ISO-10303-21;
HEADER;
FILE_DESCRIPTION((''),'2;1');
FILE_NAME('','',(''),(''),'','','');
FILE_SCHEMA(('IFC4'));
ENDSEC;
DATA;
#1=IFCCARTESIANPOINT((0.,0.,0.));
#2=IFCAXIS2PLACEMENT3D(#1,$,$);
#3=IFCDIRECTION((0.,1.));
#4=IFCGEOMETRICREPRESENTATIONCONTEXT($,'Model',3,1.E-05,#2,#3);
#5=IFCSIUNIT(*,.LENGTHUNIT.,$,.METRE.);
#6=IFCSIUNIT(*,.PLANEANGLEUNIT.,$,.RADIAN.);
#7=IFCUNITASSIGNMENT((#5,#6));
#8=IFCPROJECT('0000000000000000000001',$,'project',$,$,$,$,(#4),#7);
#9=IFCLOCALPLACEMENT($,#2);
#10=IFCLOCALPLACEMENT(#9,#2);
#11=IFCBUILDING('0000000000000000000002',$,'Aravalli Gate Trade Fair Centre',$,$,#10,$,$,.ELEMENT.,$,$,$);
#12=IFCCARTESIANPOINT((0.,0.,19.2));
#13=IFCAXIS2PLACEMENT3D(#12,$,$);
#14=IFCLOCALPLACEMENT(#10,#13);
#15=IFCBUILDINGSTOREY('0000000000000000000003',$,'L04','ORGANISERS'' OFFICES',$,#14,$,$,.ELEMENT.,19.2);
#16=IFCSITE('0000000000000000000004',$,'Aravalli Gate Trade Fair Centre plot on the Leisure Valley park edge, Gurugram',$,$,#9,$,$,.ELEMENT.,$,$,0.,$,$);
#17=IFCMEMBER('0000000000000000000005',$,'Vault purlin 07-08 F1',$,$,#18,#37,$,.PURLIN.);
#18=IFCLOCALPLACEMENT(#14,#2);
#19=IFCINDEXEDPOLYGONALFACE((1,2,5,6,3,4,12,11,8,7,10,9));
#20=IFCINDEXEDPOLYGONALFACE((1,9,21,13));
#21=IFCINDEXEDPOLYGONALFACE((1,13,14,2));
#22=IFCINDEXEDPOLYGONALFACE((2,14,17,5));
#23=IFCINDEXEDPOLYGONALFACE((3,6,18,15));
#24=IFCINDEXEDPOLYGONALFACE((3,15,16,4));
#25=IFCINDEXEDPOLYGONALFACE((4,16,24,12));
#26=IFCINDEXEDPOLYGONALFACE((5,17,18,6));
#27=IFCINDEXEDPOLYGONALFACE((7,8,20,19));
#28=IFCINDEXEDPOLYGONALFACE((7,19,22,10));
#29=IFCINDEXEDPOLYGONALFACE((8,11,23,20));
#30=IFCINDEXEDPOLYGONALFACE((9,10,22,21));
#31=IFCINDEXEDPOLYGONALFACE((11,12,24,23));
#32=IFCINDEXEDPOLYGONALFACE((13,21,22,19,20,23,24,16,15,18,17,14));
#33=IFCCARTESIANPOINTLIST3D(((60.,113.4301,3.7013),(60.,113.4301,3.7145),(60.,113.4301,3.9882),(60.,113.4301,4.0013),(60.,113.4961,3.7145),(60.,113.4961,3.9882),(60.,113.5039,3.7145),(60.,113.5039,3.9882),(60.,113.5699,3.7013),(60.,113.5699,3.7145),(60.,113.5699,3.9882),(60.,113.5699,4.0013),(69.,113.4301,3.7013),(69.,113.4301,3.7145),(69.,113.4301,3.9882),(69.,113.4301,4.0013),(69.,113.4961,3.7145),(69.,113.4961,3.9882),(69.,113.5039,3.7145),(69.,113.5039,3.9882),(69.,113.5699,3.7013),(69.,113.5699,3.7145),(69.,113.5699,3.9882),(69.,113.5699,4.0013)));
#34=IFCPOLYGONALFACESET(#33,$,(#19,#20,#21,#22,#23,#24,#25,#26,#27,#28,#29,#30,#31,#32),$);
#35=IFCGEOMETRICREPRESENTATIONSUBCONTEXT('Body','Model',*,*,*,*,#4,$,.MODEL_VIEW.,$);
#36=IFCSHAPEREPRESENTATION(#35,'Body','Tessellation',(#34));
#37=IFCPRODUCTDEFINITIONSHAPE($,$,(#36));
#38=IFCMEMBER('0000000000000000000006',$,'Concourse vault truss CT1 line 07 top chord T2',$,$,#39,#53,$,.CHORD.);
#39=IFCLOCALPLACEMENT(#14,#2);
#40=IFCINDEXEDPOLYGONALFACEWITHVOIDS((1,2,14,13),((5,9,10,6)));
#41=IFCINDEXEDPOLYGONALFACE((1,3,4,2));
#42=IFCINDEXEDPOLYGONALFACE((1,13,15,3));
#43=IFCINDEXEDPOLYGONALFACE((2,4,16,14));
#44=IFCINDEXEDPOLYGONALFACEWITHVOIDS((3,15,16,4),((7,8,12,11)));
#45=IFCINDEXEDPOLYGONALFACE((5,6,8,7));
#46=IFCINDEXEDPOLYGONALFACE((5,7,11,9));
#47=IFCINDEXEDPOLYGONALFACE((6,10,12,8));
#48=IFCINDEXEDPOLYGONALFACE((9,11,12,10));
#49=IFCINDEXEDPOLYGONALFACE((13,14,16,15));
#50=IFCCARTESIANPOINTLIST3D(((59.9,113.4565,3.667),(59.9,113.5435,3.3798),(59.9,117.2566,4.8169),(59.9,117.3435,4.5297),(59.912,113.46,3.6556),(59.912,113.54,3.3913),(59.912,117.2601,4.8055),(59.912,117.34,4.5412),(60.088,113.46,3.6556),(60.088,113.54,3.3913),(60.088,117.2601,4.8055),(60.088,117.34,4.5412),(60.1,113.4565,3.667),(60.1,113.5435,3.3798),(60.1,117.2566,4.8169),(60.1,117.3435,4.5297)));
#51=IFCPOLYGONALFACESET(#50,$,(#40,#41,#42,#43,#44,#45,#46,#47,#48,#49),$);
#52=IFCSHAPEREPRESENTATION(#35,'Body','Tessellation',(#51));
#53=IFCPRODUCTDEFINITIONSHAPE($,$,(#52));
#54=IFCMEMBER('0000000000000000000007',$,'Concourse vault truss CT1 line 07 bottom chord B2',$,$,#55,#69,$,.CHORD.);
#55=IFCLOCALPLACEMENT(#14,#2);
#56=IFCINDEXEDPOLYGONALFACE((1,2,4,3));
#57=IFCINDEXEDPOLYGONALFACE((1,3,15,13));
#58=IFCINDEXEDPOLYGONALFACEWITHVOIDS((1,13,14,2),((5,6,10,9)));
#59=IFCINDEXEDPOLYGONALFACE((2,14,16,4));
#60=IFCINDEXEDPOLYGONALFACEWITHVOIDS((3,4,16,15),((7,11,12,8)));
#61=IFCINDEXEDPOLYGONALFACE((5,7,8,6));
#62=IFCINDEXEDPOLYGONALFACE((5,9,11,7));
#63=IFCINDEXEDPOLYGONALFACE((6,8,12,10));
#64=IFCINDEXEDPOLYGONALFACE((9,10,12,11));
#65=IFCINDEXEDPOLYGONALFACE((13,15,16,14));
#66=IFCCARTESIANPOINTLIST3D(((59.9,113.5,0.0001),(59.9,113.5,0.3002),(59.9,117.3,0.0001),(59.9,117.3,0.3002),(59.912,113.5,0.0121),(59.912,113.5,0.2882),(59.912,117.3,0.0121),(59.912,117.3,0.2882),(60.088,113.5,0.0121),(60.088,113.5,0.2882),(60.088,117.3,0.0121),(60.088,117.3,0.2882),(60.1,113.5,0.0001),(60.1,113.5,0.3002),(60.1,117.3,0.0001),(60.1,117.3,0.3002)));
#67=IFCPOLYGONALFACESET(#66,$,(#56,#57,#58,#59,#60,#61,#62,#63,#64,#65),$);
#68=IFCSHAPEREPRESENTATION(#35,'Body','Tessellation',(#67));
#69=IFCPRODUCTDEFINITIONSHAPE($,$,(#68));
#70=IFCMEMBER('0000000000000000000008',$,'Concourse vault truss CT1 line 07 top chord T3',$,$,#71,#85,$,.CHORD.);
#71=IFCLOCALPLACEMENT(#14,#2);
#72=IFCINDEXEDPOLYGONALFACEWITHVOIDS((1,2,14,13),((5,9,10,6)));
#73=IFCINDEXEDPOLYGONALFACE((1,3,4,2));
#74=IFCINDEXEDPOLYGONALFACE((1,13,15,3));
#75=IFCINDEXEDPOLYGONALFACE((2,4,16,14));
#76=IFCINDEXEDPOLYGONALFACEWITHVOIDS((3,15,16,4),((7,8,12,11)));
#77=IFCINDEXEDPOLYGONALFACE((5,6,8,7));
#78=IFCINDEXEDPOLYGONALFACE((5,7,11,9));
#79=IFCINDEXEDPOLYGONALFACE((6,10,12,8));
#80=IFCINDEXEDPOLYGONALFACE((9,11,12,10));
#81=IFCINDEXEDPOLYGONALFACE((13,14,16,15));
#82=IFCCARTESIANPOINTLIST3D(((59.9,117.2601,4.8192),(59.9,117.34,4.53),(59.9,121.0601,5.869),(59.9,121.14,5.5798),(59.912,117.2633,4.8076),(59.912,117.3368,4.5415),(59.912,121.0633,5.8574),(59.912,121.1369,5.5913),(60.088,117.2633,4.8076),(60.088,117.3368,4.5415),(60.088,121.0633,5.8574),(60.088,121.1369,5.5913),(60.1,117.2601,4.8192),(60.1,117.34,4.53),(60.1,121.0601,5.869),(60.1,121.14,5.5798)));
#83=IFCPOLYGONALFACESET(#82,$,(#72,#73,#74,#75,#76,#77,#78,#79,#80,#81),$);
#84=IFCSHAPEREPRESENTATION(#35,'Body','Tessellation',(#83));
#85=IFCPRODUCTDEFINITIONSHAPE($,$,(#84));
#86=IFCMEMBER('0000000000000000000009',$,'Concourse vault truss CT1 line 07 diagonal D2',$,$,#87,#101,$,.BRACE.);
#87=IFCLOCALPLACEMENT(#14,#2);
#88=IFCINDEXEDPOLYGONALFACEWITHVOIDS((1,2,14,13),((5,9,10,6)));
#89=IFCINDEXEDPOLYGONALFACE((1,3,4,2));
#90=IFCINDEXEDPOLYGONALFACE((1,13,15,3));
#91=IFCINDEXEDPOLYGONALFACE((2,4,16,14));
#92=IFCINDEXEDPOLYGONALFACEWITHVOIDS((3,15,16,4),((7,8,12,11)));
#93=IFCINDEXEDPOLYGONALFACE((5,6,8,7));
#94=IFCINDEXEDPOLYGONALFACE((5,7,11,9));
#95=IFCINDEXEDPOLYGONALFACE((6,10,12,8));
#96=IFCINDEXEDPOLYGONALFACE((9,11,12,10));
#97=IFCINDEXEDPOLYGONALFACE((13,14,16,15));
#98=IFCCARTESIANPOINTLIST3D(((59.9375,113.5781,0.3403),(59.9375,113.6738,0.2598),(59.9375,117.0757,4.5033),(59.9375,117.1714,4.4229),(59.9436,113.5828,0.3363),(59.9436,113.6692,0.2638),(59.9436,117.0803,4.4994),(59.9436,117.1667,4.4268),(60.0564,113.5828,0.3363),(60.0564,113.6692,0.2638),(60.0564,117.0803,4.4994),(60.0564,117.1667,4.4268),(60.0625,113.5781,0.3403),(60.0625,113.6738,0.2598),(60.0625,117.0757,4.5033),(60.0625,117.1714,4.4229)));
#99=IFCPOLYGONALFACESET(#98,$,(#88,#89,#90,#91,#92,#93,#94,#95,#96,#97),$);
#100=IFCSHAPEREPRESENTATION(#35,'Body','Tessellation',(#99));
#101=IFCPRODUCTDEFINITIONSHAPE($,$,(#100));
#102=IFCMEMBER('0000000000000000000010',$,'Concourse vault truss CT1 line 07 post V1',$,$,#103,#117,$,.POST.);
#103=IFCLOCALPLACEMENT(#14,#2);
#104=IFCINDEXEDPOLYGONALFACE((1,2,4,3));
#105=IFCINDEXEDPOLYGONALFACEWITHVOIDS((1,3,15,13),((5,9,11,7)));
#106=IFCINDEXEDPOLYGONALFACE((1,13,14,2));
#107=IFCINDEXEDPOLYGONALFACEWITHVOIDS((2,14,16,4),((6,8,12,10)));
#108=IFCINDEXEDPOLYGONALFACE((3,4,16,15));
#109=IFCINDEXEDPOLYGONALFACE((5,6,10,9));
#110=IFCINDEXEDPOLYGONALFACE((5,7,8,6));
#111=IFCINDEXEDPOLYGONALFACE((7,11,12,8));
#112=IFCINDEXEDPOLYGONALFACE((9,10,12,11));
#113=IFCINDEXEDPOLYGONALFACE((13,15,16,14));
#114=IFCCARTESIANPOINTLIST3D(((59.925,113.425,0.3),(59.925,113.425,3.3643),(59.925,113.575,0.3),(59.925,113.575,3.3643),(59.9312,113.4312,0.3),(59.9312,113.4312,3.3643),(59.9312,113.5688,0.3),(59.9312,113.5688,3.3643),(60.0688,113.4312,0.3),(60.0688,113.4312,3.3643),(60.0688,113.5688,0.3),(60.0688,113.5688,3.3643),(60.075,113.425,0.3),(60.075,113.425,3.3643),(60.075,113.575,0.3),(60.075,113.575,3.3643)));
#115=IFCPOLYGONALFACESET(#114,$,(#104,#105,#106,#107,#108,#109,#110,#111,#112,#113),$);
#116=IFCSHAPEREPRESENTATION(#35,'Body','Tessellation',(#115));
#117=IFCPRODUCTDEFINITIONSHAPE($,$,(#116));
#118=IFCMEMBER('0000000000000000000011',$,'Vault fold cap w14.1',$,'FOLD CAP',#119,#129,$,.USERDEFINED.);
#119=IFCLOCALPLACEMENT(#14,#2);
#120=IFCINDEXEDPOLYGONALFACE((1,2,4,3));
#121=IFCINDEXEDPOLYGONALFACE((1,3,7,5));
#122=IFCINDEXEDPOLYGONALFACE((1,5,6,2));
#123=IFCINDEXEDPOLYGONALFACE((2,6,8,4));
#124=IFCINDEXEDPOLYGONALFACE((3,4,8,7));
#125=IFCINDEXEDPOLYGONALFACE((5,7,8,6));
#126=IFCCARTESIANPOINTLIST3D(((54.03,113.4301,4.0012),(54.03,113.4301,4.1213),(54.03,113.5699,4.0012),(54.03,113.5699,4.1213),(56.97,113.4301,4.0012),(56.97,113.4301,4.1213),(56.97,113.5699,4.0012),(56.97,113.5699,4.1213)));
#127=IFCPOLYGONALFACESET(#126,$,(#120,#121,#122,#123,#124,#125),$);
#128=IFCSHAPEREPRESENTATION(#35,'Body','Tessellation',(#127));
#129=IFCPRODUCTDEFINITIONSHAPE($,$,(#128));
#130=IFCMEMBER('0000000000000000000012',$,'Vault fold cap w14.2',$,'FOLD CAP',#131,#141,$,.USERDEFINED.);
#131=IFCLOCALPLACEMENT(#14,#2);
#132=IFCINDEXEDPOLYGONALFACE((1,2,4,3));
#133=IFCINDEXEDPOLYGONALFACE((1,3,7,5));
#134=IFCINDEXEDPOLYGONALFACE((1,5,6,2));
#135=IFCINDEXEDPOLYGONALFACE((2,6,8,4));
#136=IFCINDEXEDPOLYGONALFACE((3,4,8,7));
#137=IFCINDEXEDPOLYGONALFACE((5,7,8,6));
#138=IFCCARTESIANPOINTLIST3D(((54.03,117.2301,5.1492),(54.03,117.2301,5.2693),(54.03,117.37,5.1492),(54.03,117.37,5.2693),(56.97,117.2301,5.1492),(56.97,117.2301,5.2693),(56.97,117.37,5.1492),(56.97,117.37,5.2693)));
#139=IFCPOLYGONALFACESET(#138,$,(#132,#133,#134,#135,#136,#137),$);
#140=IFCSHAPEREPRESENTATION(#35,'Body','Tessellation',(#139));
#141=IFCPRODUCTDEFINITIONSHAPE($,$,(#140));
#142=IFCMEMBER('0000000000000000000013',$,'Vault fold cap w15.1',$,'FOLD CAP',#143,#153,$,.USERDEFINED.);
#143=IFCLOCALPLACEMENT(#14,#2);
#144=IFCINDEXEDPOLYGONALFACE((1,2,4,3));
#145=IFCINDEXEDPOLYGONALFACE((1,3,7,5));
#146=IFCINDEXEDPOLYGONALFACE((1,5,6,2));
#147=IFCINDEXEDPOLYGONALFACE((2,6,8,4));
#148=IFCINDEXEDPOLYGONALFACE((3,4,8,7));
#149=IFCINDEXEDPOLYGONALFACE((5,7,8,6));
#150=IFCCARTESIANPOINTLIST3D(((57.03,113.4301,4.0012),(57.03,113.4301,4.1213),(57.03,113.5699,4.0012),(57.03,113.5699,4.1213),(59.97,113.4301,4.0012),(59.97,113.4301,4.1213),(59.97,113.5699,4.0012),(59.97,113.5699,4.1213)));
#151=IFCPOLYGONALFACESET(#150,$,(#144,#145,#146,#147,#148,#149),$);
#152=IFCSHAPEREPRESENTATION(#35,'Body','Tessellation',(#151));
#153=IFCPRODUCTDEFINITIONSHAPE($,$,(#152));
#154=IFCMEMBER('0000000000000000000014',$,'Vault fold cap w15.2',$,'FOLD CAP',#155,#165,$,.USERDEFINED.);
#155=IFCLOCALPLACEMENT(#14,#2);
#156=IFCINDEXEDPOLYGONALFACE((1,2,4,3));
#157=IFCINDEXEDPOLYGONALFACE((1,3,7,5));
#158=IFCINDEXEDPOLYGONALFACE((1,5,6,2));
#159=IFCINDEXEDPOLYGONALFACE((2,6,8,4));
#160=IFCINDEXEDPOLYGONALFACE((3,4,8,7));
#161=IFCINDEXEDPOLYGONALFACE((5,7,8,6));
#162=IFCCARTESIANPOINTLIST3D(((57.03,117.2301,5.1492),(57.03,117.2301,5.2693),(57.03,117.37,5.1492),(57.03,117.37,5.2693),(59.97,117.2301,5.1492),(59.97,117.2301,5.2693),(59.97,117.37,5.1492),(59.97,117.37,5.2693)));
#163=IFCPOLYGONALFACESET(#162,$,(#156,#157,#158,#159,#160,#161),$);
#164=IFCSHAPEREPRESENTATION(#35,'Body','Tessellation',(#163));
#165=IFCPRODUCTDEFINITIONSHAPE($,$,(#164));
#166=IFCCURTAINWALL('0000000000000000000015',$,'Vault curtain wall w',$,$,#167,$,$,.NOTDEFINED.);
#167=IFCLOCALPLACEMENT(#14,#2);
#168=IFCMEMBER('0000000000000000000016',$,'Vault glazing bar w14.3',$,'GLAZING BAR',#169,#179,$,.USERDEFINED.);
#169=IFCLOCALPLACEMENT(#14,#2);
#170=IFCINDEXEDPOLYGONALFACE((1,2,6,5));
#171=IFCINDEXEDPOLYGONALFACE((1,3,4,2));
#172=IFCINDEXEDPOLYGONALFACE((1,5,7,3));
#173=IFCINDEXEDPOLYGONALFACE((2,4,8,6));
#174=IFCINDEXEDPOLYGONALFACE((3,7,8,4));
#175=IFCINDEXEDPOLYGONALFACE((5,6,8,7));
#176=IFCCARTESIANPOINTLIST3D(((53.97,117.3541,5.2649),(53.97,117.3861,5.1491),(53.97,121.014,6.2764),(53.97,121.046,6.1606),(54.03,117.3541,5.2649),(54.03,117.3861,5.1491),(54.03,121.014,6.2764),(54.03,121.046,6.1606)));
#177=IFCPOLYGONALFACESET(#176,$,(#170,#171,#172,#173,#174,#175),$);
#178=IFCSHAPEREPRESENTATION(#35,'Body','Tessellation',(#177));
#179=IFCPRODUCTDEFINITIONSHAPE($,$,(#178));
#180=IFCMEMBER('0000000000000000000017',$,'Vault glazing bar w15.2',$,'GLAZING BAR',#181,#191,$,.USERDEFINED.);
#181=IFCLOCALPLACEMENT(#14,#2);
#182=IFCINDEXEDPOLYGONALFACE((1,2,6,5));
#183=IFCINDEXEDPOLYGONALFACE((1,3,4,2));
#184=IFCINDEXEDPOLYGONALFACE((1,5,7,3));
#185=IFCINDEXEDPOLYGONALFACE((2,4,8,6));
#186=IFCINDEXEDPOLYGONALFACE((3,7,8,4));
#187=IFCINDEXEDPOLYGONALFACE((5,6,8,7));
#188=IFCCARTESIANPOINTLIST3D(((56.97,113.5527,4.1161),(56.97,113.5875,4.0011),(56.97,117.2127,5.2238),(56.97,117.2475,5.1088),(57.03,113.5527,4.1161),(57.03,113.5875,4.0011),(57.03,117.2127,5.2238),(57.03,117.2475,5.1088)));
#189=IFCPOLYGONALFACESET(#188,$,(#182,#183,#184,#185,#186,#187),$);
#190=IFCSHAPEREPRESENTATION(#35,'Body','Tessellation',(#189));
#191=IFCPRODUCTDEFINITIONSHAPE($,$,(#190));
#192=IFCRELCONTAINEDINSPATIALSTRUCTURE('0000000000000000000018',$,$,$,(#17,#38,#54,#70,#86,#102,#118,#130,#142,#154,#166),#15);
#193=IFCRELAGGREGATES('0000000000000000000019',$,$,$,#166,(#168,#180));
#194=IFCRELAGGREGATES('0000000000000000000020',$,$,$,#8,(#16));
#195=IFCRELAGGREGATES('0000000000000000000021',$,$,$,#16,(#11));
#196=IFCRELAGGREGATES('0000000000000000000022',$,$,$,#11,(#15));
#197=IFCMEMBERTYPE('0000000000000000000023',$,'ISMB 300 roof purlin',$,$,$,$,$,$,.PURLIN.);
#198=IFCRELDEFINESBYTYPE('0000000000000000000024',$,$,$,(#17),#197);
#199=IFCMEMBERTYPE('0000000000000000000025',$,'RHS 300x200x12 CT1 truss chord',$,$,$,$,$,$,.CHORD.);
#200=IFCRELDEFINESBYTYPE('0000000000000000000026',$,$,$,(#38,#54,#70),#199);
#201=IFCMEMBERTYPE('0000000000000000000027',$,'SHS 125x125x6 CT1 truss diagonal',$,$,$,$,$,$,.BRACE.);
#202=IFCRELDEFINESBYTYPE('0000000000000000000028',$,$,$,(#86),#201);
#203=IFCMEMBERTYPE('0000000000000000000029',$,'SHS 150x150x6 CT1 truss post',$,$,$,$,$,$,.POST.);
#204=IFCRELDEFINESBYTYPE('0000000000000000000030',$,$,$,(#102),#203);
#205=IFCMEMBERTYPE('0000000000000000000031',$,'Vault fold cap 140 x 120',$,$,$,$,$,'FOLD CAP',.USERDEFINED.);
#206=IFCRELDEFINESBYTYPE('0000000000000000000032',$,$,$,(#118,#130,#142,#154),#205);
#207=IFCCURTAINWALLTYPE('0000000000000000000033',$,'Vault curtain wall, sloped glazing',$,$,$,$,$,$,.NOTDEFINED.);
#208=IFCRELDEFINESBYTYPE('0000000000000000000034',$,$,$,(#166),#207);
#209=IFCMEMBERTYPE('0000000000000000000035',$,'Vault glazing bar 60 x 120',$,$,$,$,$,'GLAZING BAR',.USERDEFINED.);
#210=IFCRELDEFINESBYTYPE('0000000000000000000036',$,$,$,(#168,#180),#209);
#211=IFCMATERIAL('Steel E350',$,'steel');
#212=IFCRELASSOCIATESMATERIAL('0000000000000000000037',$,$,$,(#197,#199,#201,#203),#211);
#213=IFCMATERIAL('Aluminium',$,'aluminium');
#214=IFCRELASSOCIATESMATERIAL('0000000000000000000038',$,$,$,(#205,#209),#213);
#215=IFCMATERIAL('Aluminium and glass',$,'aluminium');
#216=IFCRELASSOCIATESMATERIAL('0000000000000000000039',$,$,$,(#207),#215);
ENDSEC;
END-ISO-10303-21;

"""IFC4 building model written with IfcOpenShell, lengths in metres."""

from ifc_helpers import new_model, si_unit, direction, frame, origin, origin_2d, place, context, subcontext, project, spatial, rectangle, hollow_rectangle, i_section, extrude, material, material_profile, profile_set, type_object, element, aggregate, save


model = new_model("IFC4")

# Units and contexts
model_context = context("Model", 3, precision=1e-05, world=origin(), true_north=direction((0.0, 1.0)))
body_context = subcontext(model_context, "Body", "Model", "MODEL_VIEW")
ifc_project = project(units=[si_unit("LENGTHUNIT", "METRE"), si_unit("PLANEANGLEUNIT", "RADIAN")], contexts=[model_context])

# Site, building, storey
site_placement = place(None, origin())
site = spatial("IfcSite", under=ifc_project, at=site_placement, Name="Aravalli Gate Trade Fair Centre plot on the Leisure Valley park edge, Gurugram", CompositionType="ELEMENT", RefElevation=0.0)
building_placement = place(site_placement, origin())
building = spatial("IfcBuilding", under=site, at=building_placement, Name="Aravalli Gate Trade Fair Centre", CompositionType="ELEMENT")
storey_placement = place(building_placement, frame((0.0, 0.0, 19.2)))
storey = spatial("IfcBuildingStorey", under=building, at=storey_placement, Name="L04", Description="ORGANISERS' OFFICES", CompositionType="ELEMENT", Elevation=19.2)

# Members
ifc_material_1 = material(Name="Steel E350", Category="steel")
ifc_material_profile_1 = material_profile(ifc_material_1, i_section(OverallWidth=0.1399, OverallDepth=0.3, WebThickness=0.0078, FlangeThickness=0.0132, at=origin_2d()), Name="ISMB 300")
ifc_profile_set_1 = profile_set([ifc_material_profile_1], Name="Steel E350")
member_type_1 = type_object("IfcMemberType", Name="ISMB 300 roof purlin", PredefinedType="PURLIN", material=ifc_profile_set_1)
member_1_placement = place(storey_placement, frame((60.0, 113.5, 3.8513), z_axis=(1.0, 0.0, 0.0), x_axis=(0.0, 1.0, 0.0)))
element("IfcMember", 1, at=member_1_placement, inside=storey, type_object=member_type_1, Name="Vault purlin 07-08 F1", PredefinedType="PURLIN", context=body_context, shape_type="SweptSolid", body=[
    extrude(i_section(OverallWidth=0.1399, OverallDepth=0.3, WebThickness=0.0078, FlangeThickness=0.0132, at=origin_2d()), origin(), (0.0, 0.0, 1.0), 9.0),
])
ifc_material_profile_2 = material_profile(ifc_material_1, hollow_rectangle(XDim=0.2, YDim=0.3, WallThickness=0.012, at=origin_2d()), Name="RHS 300x200x12")
ifc_profile_set_2 = profile_set([ifc_material_profile_2], Name="Steel E350")
member_type_2 = type_object("IfcMemberType", Name="RHS 300x200x12 CT1 truss chord", PredefinedType="CHORD", material=ifc_profile_set_2)
member_2_placement = place(storey_placement, frame((60.0, 113.5, 3.5234), z_axis=(0.0, 0.957138, 0.289632), x_axis=(-1.0, 0.0, 0.0)))
element("IfcMember", 2, at=member_2_placement, inside=storey, type_object=member_type_2, Name="Concourse vault truss CT1 line 07 top chord T2", PredefinedType="CHORD", context=body_context, shape_type="SweptSolid", body=[
    extrude(hollow_rectangle(XDim=0.2, YDim=0.3, WallThickness=0.012, at=origin_2d()), origin(), (0.0, 0.0, 1.0), 3.9702),
])
member_3_placement = place(storey_placement, frame((60.0, 113.5, 0.1501), z_axis=(0.0, 1.0, 0.0), x_axis=(-1.0, 0.0, 0.0)))
element("IfcMember", 3, at=member_3_placement, inside=storey, type_object=member_type_2, Name="Concourse vault truss CT1 line 07 bottom chord B2", PredefinedType="CHORD", context=body_context, shape_type="SweptSolid", body=[
    extrude(hollow_rectangle(XDim=0.2, YDim=0.3, WallThickness=0.012, at=origin_2d()), origin(), (0.0, 0.0, 1.0), 3.8),
])
member_4_placement = place(storey_placement, frame((60.0, 117.3, 4.6746), z_axis=(0.0, 0.963894, 0.266286), x_axis=(-1.0, 0.0, 0.0)))
element("IfcMember", 4, at=member_4_placement, inside=storey, type_object=member_type_2, Name="Concourse vault truss CT1 line 07 top chord T3", PredefinedType="CHORD", context=body_context, shape_type="SweptSolid", body=[
    extrude(hollow_rectangle(XDim=0.2, YDim=0.3, WallThickness=0.012, at=origin_2d()), origin(), (0.0, 0.0, 1.0), 3.9424),
])
ifc_material_profile_3 = material_profile(ifc_material_1, hollow_rectangle(XDim=0.125, YDim=0.125, WallThickness=0.0061, at=origin_2d()), Name="SHS 125x125x6")
ifc_profile_set_3 = profile_set([ifc_material_profile_3], Name="Steel E350")
member_type_3 = type_object("IfcMemberType", Name="SHS 125x125x6 CT1 truss diagonal", PredefinedType="BRACE", material=ifc_profile_set_3)
member_5_placement = place(storey_placement, frame((60.0, 113.626, 0.3), z_axis=(0.0, 0.643253, 0.765654), x_axis=(-1.0, 0.0, 0.0)))
element("IfcMember", 5, at=member_5_placement, inside=storey, type_object=member_type_3, Name="Concourse vault truss CT1 line 07 diagonal D2", PredefinedType="BRACE", context=body_context, shape_type="SweptSolid", body=[
    extrude(hollow_rectangle(XDim=0.125, YDim=0.125, WallThickness=0.0061, at=origin_2d()), origin(), (0.0, 0.0, 1.0), 5.4373),
])
ifc_material_profile_4 = material_profile(ifc_material_1, hollow_rectangle(XDim=0.1499, YDim=0.1499, WallThickness=0.0061, at=origin_2d()), Name="SHS 150x150x6")
ifc_profile_set_4 = profile_set([ifc_material_profile_4], Name="Steel E350")
member_type_4 = type_object("IfcMemberType", Name="SHS 150x150x6 CT1 truss post", PredefinedType="POST", material=ifc_profile_set_4)
member_6_placement = place(storey_placement, frame((60.0, 113.5, 0.3), z_axis=(0.0, 0.0, 1.0), x_axis=(1.0, 0.0, 0.0)))
element("IfcMember", 6, at=member_6_placement, inside=storey, type_object=member_type_4, Name="Concourse vault truss CT1 line 07 post V1", PredefinedType="POST", context=body_context, shape_type="SweptSolid", body=[
    extrude(hollow_rectangle(XDim=0.1499, YDim=0.1499, WallThickness=0.0061, at=origin_2d()), origin(), (0.0, 0.0, 1.0), 3.0642),
])
ifc_material_2 = material(Name="Aluminium", Category="aluminium")
ifc_material_profile_5 = material_profile(ifc_material_2, rectangle(XDim=0.1399, YDim=0.1201, at=origin_2d()), Name="Vault fold cap 140 x 120")
ifc_profile_set_5 = profile_set([ifc_material_profile_5], Name="Aluminium")
member_type_5 = type_object("IfcMemberType", Name="Vault fold cap 140 x 120", ElementType="FOLD CAP", PredefinedType="USERDEFINED", material=ifc_profile_set_5)
for number, where, z_axis, x_axis, name in (
    (7, (54.03, 113.5, 4.0613), (1.0, 0.0, 0.0), (0.0, 1.0, 0.0), "Vault fold cap w14.1"),
    (8, (54.03, 117.3, 5.2092), (1.0, 0.0, 0.0), (0.0, 1.0, 0.0), "Vault fold cap w14.2"),
    (9, (57.03, 113.5, 4.0613), (1.0, 0.0, 0.0), (0.0, 1.0, 0.0), "Vault fold cap w15.1"),
    (10, (57.03, 117.3, 5.2092), (1.0, 0.0, 0.0), (0.0, 1.0, 0.0), "Vault fold cap w15.2"),
):
    element("IfcMember", number, at=place(storey_placement, frame(where, z_axis=z_axis, x_axis=x_axis)), inside=storey, type_object=member_type_5, Name=name, ObjectType="FOLD CAP", PredefinedType="USERDEFINED", context=body_context, shape_type="SweptSolid", body=[
        extrude(rectangle(XDim=0.1399, YDim=0.1201, at=origin_2d()), origin(), (0.0, 0.0, 1.0), 2.9399),
    ])

# Curtain wall, members
ifc_material_3 = material(Name="Aluminium and glass", Category="aluminium")
curtain_wall_type = type_object("IfcCurtainWallType", Name="Vault curtain wall, sloped glazing", PredefinedType="NOTDEFINED", material=ifc_material_3)
curtain_wall_placement = place(storey_placement, origin())
curtain_wall = element("IfcCurtainWall", 11, at=curtain_wall_placement, inside=storey, type_object=curtain_wall_type, Name="Vault curtain wall w", PredefinedType="NOTDEFINED")
ifc_material_profile_6 = material_profile(ifc_material_2, rectangle(XDim=0.0601, YDim=0.1201, at=origin_2d()), Name="Vault glazing bar 60 x 120")
ifc_profile_set_6 = profile_set([ifc_material_profile_6], Name="Aluminium")
member_type_6 = type_object("IfcMemberType", Name="Vault glazing bar 60 x 120", ElementType="GLAZING BAR", PredefinedType="USERDEFINED", material=ifc_profile_set_6)
member_7_placement = place(storey_placement, frame((54.0, 117.3701, 5.207), z_axis=(0.0, 0.963868, 0.26638), x_axis=(-1.0, 0.0, 0.0)))
member_7 = element("IfcMember", 12, at=member_7_placement, type_object=member_type_6, Name="Vault glazing bar w14.3", ObjectType="GLAZING BAR", PredefinedType="USERDEFINED", context=body_context, shape_type="SweptSolid", body=[
    extrude(rectangle(XDim=0.0601, YDim=0.1201, at=origin_2d()), origin(), (0.0, 0.0, 1.0), 3.7971),
])
member_8_placement = place(storey_placement, frame((57.0, 113.5701, 4.0586), z_axis=(0.0, 0.957126, 0.289672), x_axis=(-1.0, 0.0, 0.0)))
member_8 = element("IfcMember", 13, at=member_8_placement, type_object=member_type_6, Name="Vault glazing bar w15.2", ObjectType="GLAZING BAR", PredefinedType="USERDEFINED", context=body_context, shape_type="SweptSolid", body=[
    extrude(rectangle(XDim=0.0601, YDim=0.1201, at=origin_2d()), origin(), (0.0, 0.0, 1.0), 3.824),
])
aggregate(curtain_wall, [member_7, member_8])

save(model, "model.ifc")
